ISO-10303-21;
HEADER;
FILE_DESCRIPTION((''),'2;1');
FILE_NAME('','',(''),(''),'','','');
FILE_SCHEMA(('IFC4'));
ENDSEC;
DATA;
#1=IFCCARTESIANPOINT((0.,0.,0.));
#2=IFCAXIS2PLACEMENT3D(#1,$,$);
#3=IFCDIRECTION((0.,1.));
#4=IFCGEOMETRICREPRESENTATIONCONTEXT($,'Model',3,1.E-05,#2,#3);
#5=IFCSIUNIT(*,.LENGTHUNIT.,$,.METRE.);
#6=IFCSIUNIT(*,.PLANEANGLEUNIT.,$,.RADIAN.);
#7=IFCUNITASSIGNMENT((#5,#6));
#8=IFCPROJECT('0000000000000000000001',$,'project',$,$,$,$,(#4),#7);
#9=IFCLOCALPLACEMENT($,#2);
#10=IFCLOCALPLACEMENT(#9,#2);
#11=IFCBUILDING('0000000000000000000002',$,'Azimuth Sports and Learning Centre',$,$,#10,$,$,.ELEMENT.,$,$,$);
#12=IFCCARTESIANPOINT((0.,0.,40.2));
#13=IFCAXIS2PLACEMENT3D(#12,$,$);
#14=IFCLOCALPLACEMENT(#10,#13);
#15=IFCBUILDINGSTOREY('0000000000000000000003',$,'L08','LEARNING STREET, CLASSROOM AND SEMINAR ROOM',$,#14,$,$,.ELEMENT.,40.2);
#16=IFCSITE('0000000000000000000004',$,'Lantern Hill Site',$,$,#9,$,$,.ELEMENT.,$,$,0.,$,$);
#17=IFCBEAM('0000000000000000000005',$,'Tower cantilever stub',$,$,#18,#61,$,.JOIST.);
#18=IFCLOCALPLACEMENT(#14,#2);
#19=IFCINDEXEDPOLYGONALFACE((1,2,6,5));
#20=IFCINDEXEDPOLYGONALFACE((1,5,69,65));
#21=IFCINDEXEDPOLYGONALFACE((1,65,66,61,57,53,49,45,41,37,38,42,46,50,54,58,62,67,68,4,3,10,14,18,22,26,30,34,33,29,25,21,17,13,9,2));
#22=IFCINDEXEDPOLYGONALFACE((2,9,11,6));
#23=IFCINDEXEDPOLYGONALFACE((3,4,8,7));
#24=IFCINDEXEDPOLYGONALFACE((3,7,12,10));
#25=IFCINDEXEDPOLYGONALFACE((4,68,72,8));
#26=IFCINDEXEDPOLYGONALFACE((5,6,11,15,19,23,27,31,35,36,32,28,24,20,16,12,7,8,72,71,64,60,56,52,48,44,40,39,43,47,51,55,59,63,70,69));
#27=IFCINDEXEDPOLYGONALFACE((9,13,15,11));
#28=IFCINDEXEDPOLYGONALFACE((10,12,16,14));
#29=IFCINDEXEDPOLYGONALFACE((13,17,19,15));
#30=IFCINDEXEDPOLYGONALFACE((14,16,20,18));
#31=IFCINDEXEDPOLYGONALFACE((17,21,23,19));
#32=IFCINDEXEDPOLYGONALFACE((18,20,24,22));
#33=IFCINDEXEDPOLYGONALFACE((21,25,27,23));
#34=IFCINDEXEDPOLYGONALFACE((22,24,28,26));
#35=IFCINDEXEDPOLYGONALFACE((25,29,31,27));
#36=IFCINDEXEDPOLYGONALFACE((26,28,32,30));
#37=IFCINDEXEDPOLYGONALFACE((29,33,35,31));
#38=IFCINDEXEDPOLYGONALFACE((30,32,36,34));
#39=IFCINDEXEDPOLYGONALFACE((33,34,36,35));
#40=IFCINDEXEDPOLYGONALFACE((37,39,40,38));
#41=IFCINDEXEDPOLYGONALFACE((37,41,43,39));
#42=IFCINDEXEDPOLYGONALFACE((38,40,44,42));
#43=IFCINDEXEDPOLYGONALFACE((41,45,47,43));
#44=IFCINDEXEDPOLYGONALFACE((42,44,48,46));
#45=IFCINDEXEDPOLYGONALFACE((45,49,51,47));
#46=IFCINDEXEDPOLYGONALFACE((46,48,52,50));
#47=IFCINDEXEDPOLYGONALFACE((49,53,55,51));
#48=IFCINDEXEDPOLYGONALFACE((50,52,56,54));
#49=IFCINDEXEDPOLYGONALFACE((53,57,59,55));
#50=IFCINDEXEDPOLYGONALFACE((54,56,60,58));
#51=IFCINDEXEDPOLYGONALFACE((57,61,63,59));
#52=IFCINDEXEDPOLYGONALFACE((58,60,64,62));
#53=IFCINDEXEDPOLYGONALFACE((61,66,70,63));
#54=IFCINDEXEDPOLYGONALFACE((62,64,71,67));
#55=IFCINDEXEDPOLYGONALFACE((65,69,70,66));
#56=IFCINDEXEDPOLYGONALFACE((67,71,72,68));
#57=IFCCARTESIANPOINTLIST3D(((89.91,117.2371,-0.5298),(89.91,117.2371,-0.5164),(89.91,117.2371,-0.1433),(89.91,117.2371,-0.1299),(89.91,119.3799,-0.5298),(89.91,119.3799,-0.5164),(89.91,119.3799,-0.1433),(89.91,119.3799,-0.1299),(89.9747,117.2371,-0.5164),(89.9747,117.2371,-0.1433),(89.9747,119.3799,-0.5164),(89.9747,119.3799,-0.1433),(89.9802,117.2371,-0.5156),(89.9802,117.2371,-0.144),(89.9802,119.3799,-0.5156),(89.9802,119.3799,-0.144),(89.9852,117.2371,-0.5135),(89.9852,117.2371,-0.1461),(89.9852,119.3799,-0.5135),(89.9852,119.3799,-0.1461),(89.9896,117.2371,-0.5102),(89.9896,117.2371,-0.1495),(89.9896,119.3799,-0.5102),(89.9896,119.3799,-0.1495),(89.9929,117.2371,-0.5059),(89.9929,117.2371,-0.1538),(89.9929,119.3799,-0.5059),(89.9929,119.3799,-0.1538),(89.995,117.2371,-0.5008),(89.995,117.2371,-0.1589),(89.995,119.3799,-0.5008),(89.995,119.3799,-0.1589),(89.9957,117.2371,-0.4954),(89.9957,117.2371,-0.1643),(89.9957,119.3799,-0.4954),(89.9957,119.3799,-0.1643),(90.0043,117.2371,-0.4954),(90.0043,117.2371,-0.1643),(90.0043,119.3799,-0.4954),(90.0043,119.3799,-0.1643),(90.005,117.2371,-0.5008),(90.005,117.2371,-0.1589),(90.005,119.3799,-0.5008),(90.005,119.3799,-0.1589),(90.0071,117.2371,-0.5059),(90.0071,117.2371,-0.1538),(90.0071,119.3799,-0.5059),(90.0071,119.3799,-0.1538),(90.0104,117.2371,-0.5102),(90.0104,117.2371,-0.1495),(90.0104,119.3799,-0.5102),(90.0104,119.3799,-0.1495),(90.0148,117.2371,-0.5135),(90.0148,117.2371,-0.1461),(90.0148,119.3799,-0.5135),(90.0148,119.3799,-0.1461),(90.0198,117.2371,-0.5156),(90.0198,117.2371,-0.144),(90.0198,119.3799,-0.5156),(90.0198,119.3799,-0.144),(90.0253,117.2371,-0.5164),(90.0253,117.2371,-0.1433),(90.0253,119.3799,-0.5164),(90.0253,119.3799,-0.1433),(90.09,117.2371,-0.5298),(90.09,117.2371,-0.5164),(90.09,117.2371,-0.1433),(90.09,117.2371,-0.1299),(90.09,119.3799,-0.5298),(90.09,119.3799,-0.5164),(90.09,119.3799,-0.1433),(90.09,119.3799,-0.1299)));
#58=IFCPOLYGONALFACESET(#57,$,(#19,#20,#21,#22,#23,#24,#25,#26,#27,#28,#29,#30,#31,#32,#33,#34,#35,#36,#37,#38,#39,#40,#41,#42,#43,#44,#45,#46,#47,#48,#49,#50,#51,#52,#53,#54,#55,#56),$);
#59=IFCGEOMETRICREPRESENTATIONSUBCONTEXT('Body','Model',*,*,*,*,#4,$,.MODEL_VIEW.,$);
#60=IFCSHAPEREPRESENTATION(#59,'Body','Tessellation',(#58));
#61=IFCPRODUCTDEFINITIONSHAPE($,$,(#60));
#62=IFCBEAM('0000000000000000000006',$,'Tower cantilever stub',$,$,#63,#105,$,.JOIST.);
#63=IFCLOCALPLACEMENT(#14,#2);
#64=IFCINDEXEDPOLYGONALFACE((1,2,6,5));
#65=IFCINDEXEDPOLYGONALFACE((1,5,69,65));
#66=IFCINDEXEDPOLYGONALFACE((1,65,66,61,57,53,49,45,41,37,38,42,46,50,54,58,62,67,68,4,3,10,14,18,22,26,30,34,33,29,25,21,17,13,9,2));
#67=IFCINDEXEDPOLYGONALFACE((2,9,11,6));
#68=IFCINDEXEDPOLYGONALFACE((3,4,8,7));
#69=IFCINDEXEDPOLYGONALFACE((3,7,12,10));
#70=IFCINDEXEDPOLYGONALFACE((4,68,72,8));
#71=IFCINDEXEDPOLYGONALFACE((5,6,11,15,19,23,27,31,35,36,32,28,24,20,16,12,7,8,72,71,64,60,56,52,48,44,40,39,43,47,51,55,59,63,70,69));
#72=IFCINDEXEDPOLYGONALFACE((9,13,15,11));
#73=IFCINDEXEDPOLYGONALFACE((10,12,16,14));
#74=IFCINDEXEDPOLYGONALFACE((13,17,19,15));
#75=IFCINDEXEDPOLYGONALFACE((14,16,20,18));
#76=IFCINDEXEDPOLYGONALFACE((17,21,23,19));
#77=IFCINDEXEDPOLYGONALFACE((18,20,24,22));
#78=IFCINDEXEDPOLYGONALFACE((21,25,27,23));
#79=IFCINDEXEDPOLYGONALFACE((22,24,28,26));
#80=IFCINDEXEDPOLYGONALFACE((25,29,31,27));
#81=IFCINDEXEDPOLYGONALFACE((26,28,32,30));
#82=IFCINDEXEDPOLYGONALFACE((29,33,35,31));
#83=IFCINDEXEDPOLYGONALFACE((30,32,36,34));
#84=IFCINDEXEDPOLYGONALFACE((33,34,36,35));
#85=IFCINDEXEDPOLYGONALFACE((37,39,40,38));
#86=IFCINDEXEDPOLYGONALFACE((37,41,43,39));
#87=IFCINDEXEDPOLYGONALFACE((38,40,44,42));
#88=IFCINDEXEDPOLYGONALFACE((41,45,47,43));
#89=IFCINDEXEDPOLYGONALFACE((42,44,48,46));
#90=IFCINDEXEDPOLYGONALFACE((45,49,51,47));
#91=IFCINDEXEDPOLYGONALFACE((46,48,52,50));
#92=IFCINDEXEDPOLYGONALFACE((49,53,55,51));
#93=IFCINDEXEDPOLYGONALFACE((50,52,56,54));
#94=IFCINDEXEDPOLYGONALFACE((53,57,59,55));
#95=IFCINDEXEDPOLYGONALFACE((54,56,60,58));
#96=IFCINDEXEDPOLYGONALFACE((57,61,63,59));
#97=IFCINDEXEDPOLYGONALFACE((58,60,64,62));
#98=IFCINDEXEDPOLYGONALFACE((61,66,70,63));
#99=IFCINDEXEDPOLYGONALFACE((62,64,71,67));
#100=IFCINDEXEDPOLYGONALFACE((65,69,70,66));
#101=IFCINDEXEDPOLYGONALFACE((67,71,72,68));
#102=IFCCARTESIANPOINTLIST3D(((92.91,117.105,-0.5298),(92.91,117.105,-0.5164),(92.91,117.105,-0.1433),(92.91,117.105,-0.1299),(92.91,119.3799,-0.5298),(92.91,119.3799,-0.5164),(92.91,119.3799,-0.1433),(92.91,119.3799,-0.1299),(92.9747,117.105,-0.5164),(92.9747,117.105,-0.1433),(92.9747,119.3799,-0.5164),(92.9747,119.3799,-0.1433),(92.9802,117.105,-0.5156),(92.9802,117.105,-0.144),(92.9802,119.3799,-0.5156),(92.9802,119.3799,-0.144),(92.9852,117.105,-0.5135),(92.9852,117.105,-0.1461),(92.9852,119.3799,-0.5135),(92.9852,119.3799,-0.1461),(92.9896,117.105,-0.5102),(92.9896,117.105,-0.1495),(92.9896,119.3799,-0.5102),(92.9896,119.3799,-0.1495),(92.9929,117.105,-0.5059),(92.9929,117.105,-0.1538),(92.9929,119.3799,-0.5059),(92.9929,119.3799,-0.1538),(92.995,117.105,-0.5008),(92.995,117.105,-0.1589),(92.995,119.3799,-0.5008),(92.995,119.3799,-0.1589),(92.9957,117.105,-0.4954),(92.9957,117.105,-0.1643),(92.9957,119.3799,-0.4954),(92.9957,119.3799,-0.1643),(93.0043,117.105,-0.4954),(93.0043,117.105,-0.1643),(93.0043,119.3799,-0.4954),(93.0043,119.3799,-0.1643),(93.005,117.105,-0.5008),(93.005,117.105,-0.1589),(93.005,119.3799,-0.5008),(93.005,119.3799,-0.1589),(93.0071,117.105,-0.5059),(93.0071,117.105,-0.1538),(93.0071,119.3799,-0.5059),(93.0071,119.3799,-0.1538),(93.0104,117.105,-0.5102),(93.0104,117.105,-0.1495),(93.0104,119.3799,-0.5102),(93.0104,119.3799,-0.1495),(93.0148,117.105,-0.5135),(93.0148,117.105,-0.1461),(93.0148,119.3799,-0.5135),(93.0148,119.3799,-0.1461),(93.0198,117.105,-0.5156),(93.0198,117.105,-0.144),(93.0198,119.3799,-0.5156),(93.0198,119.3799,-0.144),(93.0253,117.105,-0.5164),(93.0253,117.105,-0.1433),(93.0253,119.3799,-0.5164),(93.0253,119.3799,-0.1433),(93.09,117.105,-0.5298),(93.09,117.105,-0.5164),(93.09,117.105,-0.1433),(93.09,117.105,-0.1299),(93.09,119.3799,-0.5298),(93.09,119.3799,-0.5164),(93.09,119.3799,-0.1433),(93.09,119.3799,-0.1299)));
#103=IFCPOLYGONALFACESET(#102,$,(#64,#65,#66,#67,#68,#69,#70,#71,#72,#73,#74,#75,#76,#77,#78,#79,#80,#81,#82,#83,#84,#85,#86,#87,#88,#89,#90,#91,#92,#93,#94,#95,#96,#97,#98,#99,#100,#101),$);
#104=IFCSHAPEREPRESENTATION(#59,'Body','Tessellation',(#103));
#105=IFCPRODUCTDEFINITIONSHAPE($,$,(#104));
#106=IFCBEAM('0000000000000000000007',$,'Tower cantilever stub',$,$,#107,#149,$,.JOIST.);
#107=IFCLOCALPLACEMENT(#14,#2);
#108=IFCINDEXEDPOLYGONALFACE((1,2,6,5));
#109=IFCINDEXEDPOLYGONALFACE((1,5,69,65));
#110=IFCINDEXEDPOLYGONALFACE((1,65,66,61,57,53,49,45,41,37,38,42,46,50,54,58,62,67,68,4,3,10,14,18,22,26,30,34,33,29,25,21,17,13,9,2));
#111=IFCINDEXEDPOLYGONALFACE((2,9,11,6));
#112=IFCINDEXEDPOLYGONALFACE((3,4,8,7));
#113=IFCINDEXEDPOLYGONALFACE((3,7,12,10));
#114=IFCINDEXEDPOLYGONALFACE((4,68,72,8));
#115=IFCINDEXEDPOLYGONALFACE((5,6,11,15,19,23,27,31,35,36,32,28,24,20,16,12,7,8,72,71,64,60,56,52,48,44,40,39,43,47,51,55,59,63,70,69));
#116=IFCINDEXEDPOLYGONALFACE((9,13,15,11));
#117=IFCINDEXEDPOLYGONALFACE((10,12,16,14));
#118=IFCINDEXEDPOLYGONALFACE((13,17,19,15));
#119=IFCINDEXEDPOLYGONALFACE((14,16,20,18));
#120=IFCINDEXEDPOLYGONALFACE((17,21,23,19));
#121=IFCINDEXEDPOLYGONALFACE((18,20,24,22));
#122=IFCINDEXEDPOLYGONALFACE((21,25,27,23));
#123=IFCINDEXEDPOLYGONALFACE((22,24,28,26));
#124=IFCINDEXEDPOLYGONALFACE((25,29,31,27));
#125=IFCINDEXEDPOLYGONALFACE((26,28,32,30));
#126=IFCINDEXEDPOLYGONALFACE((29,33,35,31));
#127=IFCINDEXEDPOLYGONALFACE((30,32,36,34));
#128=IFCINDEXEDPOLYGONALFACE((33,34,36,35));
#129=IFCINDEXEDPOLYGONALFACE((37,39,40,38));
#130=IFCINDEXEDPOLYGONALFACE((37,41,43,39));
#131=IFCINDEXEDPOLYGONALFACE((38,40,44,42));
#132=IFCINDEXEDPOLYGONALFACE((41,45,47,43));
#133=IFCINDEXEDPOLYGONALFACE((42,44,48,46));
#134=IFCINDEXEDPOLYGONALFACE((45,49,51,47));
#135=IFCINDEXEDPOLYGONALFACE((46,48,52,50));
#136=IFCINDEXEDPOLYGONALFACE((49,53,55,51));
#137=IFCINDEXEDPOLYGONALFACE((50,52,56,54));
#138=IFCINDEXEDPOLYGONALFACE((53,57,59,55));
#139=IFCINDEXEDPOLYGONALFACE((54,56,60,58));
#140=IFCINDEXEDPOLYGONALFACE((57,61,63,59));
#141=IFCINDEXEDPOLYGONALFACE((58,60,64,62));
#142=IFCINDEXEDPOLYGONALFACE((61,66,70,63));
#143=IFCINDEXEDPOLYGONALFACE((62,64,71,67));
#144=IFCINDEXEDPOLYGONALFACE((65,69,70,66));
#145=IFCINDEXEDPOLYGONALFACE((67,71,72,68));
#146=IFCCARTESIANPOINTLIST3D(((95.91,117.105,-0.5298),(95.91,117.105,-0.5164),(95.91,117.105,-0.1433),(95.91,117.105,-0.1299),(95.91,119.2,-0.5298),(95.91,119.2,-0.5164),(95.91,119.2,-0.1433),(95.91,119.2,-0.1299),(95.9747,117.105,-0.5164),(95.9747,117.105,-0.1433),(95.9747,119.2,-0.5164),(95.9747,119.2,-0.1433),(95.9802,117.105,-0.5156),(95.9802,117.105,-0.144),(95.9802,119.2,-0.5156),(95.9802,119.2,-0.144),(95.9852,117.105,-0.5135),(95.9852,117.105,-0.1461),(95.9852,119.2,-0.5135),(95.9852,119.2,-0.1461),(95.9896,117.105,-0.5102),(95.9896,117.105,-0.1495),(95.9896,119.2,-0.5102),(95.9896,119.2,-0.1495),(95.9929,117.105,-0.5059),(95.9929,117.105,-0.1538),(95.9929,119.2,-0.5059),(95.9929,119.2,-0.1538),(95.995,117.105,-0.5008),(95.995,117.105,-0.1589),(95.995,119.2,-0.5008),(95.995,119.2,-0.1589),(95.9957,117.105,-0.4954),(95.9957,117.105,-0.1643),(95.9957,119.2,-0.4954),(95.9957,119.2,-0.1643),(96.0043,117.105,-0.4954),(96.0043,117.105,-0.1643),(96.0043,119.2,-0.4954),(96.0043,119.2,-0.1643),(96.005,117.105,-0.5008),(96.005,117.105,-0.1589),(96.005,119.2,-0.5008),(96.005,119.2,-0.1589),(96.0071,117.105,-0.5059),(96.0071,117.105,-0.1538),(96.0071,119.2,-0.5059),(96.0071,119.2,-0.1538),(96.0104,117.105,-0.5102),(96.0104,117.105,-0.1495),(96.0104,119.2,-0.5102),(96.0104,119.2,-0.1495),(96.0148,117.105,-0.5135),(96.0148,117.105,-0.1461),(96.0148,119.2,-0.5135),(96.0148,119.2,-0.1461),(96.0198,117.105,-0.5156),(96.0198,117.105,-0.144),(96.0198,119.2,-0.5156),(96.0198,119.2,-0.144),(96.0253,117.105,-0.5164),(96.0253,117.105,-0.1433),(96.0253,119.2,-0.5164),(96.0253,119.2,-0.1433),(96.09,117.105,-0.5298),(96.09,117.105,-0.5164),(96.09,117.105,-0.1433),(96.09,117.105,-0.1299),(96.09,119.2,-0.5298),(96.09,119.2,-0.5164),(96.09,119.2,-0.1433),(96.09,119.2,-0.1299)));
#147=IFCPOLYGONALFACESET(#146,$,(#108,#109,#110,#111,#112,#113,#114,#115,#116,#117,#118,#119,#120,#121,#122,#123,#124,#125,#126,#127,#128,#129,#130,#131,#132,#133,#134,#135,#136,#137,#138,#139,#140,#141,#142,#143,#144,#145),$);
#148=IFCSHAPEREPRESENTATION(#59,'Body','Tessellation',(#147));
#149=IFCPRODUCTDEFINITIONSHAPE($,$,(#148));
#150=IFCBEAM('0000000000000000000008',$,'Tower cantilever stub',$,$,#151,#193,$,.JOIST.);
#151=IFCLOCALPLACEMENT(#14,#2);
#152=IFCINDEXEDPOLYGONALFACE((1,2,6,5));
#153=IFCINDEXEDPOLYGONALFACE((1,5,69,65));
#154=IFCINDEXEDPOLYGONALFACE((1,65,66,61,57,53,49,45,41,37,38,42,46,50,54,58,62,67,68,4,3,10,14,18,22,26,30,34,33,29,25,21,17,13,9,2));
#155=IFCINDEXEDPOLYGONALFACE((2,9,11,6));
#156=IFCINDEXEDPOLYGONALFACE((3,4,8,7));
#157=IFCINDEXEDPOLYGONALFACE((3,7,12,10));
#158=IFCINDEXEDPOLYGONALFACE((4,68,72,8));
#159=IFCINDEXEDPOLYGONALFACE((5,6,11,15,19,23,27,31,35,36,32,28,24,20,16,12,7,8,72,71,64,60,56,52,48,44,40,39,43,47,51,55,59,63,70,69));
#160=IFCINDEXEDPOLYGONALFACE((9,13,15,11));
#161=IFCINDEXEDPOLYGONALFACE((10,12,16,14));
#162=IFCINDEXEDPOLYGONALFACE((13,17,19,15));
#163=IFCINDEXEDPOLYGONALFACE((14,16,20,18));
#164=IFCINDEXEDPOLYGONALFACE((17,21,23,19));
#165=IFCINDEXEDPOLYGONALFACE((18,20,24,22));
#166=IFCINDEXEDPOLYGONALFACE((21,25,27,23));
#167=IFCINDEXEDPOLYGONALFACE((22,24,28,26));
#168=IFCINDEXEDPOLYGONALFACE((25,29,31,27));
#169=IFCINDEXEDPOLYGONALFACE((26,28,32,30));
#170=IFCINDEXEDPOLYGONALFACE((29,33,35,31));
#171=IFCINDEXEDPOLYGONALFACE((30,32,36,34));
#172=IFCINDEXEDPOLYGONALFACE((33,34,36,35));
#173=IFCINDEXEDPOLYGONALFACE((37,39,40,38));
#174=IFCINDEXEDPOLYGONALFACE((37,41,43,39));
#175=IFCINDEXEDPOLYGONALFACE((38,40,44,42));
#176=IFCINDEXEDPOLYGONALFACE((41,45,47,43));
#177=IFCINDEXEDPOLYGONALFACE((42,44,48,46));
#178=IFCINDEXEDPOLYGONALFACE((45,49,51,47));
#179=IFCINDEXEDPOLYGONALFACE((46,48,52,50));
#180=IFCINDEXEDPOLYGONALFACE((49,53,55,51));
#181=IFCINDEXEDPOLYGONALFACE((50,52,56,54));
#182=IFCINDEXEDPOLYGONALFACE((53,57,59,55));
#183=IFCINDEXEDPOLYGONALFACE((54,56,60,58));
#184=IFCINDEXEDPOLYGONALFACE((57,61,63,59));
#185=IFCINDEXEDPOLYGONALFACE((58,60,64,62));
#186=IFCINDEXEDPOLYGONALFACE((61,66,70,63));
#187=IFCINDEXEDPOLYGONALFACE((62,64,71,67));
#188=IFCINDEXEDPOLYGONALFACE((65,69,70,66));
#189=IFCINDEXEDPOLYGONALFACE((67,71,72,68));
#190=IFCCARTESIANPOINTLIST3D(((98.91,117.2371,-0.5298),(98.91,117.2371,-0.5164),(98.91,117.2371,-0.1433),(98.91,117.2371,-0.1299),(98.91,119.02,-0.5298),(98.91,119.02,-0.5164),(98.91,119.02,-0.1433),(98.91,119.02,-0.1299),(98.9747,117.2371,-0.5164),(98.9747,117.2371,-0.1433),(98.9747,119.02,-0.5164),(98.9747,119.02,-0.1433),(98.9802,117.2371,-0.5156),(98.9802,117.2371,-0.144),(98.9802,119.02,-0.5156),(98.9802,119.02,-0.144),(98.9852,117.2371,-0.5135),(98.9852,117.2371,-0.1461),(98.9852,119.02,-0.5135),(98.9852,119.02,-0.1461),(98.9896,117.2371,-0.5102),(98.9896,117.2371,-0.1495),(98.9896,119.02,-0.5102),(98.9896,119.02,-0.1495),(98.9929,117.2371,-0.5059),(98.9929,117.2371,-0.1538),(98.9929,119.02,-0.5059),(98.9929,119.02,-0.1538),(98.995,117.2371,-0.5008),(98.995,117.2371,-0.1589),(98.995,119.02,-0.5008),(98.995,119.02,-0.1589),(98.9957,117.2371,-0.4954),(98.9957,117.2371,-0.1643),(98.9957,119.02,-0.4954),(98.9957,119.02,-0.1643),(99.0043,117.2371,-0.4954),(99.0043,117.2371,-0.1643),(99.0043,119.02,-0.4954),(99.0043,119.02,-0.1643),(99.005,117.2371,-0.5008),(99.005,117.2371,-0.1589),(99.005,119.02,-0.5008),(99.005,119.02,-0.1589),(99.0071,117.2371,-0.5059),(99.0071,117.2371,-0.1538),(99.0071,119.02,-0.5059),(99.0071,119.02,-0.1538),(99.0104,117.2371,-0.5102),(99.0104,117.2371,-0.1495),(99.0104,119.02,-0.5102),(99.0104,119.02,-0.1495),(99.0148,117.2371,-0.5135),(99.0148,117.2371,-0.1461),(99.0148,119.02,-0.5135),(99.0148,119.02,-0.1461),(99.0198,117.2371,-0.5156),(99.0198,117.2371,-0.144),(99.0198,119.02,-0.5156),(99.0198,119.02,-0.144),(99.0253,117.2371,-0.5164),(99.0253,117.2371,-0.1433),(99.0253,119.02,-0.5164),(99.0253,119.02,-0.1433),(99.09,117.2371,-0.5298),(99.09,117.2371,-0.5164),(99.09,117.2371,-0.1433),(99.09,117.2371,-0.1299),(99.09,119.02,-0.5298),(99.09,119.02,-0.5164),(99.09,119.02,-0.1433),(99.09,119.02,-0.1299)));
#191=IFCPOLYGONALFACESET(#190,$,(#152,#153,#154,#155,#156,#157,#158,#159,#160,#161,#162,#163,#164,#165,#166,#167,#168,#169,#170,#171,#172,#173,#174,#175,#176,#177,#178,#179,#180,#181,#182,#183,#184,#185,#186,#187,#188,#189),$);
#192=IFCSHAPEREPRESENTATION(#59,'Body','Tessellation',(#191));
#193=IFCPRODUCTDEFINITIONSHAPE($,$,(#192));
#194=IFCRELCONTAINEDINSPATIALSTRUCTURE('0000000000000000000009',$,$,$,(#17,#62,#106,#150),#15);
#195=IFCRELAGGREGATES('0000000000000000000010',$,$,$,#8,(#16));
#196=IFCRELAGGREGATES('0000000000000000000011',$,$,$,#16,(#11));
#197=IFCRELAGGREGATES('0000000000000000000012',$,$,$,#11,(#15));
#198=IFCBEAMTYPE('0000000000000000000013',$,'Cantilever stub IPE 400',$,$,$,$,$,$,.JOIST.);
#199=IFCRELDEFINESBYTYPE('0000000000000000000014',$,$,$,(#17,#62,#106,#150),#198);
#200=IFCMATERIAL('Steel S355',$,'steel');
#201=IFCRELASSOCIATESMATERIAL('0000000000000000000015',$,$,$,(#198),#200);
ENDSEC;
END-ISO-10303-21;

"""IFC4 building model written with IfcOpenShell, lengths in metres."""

from ifc_helpers import new_model, si_unit, direction, frame, origin, origin_2d, place, context, subcontext, project, spatial, i_section, extrude, material, material_profile, profile_set, type_object, element, save


model = new_model("IFC4")

# Units and contexts
model_context = context("Model", 3, precision=1e-05, world=origin(), true_north=direction((0.0, 1.0)))
body_context = subcontext(model_context, "Body", "Model", "MODEL_VIEW")
ifc_project = project(units=[si_unit("LENGTHUNIT", "METRE"), si_unit("PLANEANGLEUNIT", "RADIAN")], contexts=[model_context])

# Site, building, storey
site_placement = place(None, origin())
site = spatial("IfcSite", under=ifc_project, at=site_placement, Name="Lantern Hill Site", CompositionType="ELEMENT", RefElevation=0.0)
building_placement = place(site_placement, origin())
building = spatial("IfcBuilding", under=site, at=building_placement, Name="Azimuth Sports and Learning Centre", CompositionType="ELEMENT")
storey_placement = place(building_placement, frame((0.0, 0.0, 40.2)))
storey = spatial("IfcBuildingStorey", under=building, at=storey_placement, Name="L08", Description="LEARNING STREET, CLASSROOM AND SEMINAR ROOM", CompositionType="ELEMENT", Elevation=40.2)

# Beams
ifc_material_1 = material(Name="Steel S355", Category="steel")
ifc_material_profile_1 = material_profile(ifc_material_1, i_section(OverallWidth=0.1799, OverallDepth=0.3999, WebThickness=0.0085, FlangeThickness=0.0134, FilletRadius=0.021, at=origin_2d()), Name="IPE 400")
ifc_profile_set_1 = profile_set([ifc_material_profile_1], Name="Steel S355")
beam_type_1 = type_object("IfcBeamType", Name="Cantilever stub IPE 400", PredefinedType="JOIST", material=ifc_profile_set_1)
beam_1_placement = place(storey_placement, frame((90.0, 117.2371, -0.3298), z_axis=(0.0, 1.0, 0.0), x_axis=(-1.0, 0.0, 0.0)))
element("IfcBeam", 1, at=beam_1_placement, inside=storey, type_object=beam_type_1, Name="Tower cantilever stub", PredefinedType="JOIST", context=body_context, shape_type="SweptSolid", body=[
    extrude(i_section(OverallWidth=0.1799, OverallDepth=0.3999, WebThickness=0.0085, FlangeThickness=0.0134, FilletRadius=0.021, at=origin_2d()), origin(), (0.0, 0.0, 1.0), 2.1428),
])
beam_2_placement = place(storey_placement, frame((93.0, 117.105, -0.3298), z_axis=(0.0, 1.0, 0.0), x_axis=(-1.0, 0.0, 0.0)))
element("IfcBeam", 2, at=beam_2_placement, inside=storey, type_object=beam_type_1, Name="Tower cantilever stub", PredefinedType="JOIST", context=body_context, shape_type="SweptSolid", body=[
    extrude(i_section(OverallWidth=0.1799, OverallDepth=0.3999, WebThickness=0.0085, FlangeThickness=0.0134, FilletRadius=0.021, at=origin_2d()), origin(), (0.0, 0.0, 1.0), 2.2749),
])
beam_3_placement = place(storey_placement, frame((96.0, 117.105, -0.3298), z_axis=(0.0, 1.0, 0.0), x_axis=(-1.0, 0.0, 0.0)))
element("IfcBeam", 3, at=beam_3_placement, inside=storey, type_object=beam_type_1, Name="Tower cantilever stub", PredefinedType="JOIST", context=body_context, shape_type="SweptSolid", body=[
    extrude(i_section(OverallWidth=0.1799, OverallDepth=0.3999, WebThickness=0.0085, FlangeThickness=0.0134, FilletRadius=0.021, at=origin_2d()), origin(), (0.0, 0.0, 1.0), 2.095),
])
beam_4_placement = place(storey_placement, frame((99.0, 117.2371, -0.3298), z_axis=(0.0, 1.0, 0.0), x_axis=(-1.0, 0.0, 0.0)))
element("IfcBeam", 4, at=beam_4_placement, inside=storey, type_object=beam_type_1, Name="Tower cantilever stub", PredefinedType="JOIST", context=body_context, shape_type="SweptSolid", body=[
    extrude(i_section(OverallWidth=0.1799, OverallDepth=0.3999, WebThickness=0.0085, FlangeThickness=0.0134, FilletRadius=0.021, at=origin_2d()), origin(), (0.0, 0.0, 1.0), 1.783),
])

save(model, "model.ifc")
